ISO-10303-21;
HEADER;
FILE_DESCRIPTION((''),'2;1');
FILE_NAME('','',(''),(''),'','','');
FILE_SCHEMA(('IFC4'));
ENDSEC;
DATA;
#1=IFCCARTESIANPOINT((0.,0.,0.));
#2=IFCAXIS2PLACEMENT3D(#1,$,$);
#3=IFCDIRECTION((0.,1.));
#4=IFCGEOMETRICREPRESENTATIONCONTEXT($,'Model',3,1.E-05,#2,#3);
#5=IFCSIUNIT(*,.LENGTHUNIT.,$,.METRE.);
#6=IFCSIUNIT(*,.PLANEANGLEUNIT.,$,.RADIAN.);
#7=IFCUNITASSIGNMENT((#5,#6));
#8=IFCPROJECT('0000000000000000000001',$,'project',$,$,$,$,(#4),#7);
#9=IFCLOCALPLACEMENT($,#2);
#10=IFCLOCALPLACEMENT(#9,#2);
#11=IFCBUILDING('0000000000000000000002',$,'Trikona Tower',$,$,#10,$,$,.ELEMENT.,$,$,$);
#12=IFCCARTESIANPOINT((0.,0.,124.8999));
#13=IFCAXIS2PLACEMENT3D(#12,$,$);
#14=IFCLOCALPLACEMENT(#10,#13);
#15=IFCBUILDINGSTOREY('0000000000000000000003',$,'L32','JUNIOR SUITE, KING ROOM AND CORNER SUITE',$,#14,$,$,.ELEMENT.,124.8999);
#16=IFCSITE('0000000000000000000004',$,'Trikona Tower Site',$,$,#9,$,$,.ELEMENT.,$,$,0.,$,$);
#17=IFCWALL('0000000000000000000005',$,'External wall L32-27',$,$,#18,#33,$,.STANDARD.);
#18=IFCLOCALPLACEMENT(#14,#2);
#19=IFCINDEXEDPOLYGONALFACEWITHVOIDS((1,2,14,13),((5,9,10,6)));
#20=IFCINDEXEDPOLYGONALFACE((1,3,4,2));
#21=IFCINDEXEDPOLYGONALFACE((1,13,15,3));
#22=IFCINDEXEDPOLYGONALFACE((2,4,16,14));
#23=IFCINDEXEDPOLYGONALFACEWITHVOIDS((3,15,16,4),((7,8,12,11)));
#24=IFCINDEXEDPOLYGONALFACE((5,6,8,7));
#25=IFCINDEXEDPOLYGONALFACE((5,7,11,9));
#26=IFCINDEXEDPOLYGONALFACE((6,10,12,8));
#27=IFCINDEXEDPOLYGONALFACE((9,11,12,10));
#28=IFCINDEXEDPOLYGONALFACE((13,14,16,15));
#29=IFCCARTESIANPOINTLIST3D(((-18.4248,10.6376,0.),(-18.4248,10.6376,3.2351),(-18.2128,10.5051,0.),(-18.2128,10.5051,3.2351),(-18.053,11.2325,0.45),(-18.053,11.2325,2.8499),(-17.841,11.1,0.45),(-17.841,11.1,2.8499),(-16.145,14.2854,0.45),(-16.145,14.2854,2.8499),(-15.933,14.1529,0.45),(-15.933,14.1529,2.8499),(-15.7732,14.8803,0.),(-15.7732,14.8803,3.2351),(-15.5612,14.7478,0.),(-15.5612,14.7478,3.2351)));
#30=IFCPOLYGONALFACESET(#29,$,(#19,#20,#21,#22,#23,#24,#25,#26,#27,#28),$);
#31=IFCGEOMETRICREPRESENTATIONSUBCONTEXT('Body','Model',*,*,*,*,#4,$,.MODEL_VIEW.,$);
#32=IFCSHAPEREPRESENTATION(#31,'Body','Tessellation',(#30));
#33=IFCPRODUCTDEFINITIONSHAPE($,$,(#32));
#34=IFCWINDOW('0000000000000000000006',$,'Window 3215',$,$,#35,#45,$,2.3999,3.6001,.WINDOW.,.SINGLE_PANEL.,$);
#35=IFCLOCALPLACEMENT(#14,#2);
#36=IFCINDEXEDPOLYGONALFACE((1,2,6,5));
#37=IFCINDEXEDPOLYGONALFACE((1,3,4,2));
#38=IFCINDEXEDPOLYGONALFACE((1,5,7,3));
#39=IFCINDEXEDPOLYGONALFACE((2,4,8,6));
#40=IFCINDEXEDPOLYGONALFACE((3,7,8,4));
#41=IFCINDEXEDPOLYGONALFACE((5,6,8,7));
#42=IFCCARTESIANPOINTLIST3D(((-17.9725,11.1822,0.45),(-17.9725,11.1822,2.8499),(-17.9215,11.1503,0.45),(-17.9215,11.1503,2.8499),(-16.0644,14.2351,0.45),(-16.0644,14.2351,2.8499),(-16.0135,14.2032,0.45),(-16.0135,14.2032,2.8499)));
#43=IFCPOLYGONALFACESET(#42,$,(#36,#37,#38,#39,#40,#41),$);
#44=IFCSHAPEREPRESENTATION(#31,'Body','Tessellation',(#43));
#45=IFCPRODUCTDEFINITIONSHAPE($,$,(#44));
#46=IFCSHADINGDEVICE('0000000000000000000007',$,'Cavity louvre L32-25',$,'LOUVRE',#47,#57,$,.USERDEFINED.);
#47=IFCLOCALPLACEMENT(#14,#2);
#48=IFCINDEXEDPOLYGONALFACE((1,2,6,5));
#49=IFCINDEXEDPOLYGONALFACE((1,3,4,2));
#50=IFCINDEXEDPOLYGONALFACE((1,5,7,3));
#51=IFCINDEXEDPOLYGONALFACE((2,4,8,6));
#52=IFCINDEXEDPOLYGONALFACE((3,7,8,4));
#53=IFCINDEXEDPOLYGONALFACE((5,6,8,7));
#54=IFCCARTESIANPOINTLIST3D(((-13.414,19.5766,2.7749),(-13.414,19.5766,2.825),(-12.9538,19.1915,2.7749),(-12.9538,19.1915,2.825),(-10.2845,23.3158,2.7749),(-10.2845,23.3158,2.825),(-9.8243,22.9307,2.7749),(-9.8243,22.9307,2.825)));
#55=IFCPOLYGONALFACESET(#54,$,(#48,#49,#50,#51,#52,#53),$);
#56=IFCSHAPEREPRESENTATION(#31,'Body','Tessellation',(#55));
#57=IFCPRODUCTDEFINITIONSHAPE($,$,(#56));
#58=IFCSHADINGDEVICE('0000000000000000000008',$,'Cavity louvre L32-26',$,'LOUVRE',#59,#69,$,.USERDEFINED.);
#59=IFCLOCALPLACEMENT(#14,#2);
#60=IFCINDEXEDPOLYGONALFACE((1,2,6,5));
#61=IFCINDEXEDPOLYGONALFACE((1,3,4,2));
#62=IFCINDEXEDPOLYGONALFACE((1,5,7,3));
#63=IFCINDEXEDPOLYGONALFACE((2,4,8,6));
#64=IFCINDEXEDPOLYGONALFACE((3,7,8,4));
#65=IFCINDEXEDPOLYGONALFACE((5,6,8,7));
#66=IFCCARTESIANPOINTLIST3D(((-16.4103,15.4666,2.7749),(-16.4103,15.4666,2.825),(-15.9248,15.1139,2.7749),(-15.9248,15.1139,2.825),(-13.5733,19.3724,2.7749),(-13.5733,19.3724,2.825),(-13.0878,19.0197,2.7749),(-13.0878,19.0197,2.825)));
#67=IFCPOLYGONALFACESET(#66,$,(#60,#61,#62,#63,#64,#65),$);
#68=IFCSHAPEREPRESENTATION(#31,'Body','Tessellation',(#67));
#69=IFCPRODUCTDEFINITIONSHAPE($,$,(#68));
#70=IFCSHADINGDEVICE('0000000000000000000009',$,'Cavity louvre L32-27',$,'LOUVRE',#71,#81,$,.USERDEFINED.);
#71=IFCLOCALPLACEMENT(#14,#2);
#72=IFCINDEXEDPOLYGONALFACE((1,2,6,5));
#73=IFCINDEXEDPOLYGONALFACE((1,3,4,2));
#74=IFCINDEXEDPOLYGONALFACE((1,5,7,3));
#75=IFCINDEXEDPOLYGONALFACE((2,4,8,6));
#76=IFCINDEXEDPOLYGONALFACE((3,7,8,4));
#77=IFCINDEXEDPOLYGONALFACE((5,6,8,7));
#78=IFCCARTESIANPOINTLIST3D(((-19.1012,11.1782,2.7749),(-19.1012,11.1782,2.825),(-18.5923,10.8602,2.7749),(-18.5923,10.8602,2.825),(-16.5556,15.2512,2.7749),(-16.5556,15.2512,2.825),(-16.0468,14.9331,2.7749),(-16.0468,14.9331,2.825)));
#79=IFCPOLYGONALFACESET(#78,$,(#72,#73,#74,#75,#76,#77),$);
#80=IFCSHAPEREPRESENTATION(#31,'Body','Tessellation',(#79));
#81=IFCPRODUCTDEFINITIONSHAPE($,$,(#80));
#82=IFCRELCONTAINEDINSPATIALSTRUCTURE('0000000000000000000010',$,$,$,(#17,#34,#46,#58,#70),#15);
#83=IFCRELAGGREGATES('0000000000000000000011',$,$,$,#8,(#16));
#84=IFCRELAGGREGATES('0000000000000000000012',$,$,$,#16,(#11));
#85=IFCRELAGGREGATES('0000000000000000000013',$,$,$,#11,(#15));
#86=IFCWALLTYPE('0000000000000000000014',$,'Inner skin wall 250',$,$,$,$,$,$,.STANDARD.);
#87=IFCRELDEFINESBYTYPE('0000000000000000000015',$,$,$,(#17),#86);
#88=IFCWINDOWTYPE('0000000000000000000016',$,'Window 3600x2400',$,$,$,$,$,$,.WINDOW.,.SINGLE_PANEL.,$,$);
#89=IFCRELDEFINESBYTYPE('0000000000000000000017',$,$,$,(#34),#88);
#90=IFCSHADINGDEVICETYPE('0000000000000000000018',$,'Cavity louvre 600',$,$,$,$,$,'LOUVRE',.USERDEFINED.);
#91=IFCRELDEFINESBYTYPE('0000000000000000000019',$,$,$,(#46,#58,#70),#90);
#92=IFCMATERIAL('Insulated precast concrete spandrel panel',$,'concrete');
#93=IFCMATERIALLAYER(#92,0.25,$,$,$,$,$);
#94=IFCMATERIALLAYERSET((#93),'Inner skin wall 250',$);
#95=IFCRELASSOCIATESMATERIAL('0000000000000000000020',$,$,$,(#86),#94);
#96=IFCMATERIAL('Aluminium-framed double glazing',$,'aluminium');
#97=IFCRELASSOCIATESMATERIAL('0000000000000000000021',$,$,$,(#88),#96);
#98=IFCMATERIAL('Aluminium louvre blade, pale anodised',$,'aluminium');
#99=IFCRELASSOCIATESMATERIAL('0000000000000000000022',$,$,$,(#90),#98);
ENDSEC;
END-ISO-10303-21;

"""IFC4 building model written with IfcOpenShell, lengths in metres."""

from ifc_helpers import new_model, si_unit, direction, frame, frame_2d, origin, origin_2d, place, context, subcontext, project, spatial, rectangle, extrude, material, layer, layer_set, type_object, element, fill, save


model = new_model("IFC4")

# Units and contexts
model_context = context("Model", 3, precision=1e-05, world=origin(), true_north=direction((0.0, 1.0)))
body_context = subcontext(model_context, "Body", "Model", "MODEL_VIEW")
ifc_project = project(units=[si_unit("LENGTHUNIT", "METRE"), si_unit("PLANEANGLEUNIT", "RADIAN")], contexts=[model_context])

# Site, building, storey
site_placement = place(None, origin())
site = spatial("IfcSite", under=ifc_project, at=site_placement, Name="Trikona Tower Site", CompositionType="ELEMENT", RefElevation=0.0)
building_placement = place(site_placement, origin())
building = spatial("IfcBuilding", under=site, at=building_placement, Name="Trikona Tower", CompositionType="ELEMENT")
storey_placement = place(building_placement, frame((0.0, 0.0, 124.8999)))
storey = spatial("IfcBuildingStorey", under=building, at=storey_placement, Name="L32", Description="JUNIOR SUITE, KING ROOM AND CORNER SUITE", CompositionType="ELEMENT", Elevation=124.8999)

# Wall, opening, window
ifc_material_1 = material(Name="Insulated precast concrete spandrel panel", Category="concrete")
ifc_layer_1 = layer(ifc_material_1, 0.25)
ifc_layer_set_1 = layer_set([ifc_layer_1], Name="Inner skin wall 250")
wall_type = type_object("IfcWallType", Name="Inner skin wall 250", PredefinedType="STANDARD", material=ifc_layer_set_1)
ifc_material_2 = material(Name="Aluminium-framed double glazing", Category="aluminium")
window_type = type_object("IfcWindowType", Name="Window 3600x2400", PartitioningType="SINGLE_PANEL", PredefinedType="WINDOW", material=ifc_material_2)
wall_1_placement = place(storey_placement, frame((-15.6672, 14.814, 0.0), z_axis=(0.0, 0.0, 1.0), x_axis=(-0.52999, -0.848004, 0.0)))
wall_1 = element("IfcWall", 1, at=wall_1_placement, inside=storey, type_object=wall_type, Name="External wall L32-27", PredefinedType="STANDARD", context=body_context, shape_type="SweptSolid", body=[
    extrude(rectangle(XDim=5.0032, YDim=0.25, at=frame_2d((2.5015, 0.0))), origin(), (0.0, 0.0, 1.0), 3.2351),
])
opening_1_placement = place(wall_1_placement, frame((0.7014, 0.0, 0.45)))
opening_1 = element("IfcOpeningElement", 2, at=opening_1_placement, cuts=wall_1, PredefinedType="OPENING", context=body_context, shape_type="SweptSolid", body=[
    extrude(rectangle(XDim=3.6001, YDim=2.3999, at=frame_2d((1.8, 1.2))), frame((0.0, 0.135, 0.0), z_axis=(0.0, -1.0, 0.0), x_axis=(1.0, 0.0, 0.0)), (0.0, 0.0, 1.0), 0.27),
])
window_1_placement = place(opening_1_placement, origin())
window_1 = element("IfcWindow", 3, at=window_1_placement, inside=storey, type_object=window_type, Name="Window 3215", OverallHeight=2.3999, OverallWidth=3.6001, PartitioningType="SINGLE_PANEL", PredefinedType="WINDOW", context=body_context, shape_type="SweptSolid", body=[
    extrude(rectangle(XDim=3.6001, YDim=2.3999, at=frame_2d((1.8, 1.2))), frame((0.0, 0.03, 0.0), z_axis=(0.0, -1.0, 0.0), x_axis=(1.0, 0.0, 0.0)), (0.0, 0.0, 1.0), 0.0601),
])
fill(opening_1, window_1)

# Shading devices
ifc_material_3 = material(Name="Aluminium louvre blade, pale anodised", Category="aluminium")
shading_device_type = type_object("IfcShadingDeviceType", Name="Cavity louvre 600", ElementType="LOUVRE", PredefinedType="USERDEFINED", material=ifc_material_3)
shading_device_1_placement = place(storey_placement, frame((-11.6191, 21.2537, 2.7749), z_axis=(0.0, 0.0, 1.0), x_axis=(-0.641807, -0.766866, 0.0)))
element("IfcShadingDevice", 4, at=shading_device_1_placement, inside=storey, type_object=shading_device_type, Name="Cavity louvre L32-25", ObjectType="LOUVRE", PredefinedType="USERDEFINED", context=body_context, shape_type="SweptSolid", body=[
    extrude(rectangle(XDim=4.876, YDim=0.6001, at=origin_2d()), origin(), (0.0, 0.0, 1.0), 0.05),
])
shading_device_2_placement = place(storey_placement, frame((-14.749, 17.2432, 2.7749), z_axis=(0.0, 0.0, 1.0), x_axis=(-0.587686, -0.809089, 0.0)))
element("IfcShadingDevice", 5, at=shading_device_2_placement, inside=storey, type_object=shading_device_type, Name="Cavity louvre L32-26", ObjectType="LOUVRE", PredefinedType="USERDEFINED", context=body_context, shape_type="SweptSolid", body=[
    extrude(rectangle(XDim=4.8274, YDim=0.6001, at=origin_2d()), origin(), (0.0, 0.0, 1.0), 0.05),
])
shading_device_3_placement = place(storey_placement, frame((-17.574, 13.0557, 2.7749), z_axis=(0.0, 0.0, 1.0), x_axis=(-0.529995, -0.848001, 0.0)))
element("IfcShadingDevice", 6, at=shading_device_3_placement, inside=storey, type_object=shading_device_type, Name="Cavity louvre L32-27", ObjectType="LOUVRE", PredefinedType="USERDEFINED", context=body_context, shape_type="SweptSolid", body=[
    extrude(rectangle(XDim=4.803, YDim=0.6001, at=origin_2d()), origin(), (0.0, 0.0, 1.0), 0.05),
])

save(model, "model.ifc")
